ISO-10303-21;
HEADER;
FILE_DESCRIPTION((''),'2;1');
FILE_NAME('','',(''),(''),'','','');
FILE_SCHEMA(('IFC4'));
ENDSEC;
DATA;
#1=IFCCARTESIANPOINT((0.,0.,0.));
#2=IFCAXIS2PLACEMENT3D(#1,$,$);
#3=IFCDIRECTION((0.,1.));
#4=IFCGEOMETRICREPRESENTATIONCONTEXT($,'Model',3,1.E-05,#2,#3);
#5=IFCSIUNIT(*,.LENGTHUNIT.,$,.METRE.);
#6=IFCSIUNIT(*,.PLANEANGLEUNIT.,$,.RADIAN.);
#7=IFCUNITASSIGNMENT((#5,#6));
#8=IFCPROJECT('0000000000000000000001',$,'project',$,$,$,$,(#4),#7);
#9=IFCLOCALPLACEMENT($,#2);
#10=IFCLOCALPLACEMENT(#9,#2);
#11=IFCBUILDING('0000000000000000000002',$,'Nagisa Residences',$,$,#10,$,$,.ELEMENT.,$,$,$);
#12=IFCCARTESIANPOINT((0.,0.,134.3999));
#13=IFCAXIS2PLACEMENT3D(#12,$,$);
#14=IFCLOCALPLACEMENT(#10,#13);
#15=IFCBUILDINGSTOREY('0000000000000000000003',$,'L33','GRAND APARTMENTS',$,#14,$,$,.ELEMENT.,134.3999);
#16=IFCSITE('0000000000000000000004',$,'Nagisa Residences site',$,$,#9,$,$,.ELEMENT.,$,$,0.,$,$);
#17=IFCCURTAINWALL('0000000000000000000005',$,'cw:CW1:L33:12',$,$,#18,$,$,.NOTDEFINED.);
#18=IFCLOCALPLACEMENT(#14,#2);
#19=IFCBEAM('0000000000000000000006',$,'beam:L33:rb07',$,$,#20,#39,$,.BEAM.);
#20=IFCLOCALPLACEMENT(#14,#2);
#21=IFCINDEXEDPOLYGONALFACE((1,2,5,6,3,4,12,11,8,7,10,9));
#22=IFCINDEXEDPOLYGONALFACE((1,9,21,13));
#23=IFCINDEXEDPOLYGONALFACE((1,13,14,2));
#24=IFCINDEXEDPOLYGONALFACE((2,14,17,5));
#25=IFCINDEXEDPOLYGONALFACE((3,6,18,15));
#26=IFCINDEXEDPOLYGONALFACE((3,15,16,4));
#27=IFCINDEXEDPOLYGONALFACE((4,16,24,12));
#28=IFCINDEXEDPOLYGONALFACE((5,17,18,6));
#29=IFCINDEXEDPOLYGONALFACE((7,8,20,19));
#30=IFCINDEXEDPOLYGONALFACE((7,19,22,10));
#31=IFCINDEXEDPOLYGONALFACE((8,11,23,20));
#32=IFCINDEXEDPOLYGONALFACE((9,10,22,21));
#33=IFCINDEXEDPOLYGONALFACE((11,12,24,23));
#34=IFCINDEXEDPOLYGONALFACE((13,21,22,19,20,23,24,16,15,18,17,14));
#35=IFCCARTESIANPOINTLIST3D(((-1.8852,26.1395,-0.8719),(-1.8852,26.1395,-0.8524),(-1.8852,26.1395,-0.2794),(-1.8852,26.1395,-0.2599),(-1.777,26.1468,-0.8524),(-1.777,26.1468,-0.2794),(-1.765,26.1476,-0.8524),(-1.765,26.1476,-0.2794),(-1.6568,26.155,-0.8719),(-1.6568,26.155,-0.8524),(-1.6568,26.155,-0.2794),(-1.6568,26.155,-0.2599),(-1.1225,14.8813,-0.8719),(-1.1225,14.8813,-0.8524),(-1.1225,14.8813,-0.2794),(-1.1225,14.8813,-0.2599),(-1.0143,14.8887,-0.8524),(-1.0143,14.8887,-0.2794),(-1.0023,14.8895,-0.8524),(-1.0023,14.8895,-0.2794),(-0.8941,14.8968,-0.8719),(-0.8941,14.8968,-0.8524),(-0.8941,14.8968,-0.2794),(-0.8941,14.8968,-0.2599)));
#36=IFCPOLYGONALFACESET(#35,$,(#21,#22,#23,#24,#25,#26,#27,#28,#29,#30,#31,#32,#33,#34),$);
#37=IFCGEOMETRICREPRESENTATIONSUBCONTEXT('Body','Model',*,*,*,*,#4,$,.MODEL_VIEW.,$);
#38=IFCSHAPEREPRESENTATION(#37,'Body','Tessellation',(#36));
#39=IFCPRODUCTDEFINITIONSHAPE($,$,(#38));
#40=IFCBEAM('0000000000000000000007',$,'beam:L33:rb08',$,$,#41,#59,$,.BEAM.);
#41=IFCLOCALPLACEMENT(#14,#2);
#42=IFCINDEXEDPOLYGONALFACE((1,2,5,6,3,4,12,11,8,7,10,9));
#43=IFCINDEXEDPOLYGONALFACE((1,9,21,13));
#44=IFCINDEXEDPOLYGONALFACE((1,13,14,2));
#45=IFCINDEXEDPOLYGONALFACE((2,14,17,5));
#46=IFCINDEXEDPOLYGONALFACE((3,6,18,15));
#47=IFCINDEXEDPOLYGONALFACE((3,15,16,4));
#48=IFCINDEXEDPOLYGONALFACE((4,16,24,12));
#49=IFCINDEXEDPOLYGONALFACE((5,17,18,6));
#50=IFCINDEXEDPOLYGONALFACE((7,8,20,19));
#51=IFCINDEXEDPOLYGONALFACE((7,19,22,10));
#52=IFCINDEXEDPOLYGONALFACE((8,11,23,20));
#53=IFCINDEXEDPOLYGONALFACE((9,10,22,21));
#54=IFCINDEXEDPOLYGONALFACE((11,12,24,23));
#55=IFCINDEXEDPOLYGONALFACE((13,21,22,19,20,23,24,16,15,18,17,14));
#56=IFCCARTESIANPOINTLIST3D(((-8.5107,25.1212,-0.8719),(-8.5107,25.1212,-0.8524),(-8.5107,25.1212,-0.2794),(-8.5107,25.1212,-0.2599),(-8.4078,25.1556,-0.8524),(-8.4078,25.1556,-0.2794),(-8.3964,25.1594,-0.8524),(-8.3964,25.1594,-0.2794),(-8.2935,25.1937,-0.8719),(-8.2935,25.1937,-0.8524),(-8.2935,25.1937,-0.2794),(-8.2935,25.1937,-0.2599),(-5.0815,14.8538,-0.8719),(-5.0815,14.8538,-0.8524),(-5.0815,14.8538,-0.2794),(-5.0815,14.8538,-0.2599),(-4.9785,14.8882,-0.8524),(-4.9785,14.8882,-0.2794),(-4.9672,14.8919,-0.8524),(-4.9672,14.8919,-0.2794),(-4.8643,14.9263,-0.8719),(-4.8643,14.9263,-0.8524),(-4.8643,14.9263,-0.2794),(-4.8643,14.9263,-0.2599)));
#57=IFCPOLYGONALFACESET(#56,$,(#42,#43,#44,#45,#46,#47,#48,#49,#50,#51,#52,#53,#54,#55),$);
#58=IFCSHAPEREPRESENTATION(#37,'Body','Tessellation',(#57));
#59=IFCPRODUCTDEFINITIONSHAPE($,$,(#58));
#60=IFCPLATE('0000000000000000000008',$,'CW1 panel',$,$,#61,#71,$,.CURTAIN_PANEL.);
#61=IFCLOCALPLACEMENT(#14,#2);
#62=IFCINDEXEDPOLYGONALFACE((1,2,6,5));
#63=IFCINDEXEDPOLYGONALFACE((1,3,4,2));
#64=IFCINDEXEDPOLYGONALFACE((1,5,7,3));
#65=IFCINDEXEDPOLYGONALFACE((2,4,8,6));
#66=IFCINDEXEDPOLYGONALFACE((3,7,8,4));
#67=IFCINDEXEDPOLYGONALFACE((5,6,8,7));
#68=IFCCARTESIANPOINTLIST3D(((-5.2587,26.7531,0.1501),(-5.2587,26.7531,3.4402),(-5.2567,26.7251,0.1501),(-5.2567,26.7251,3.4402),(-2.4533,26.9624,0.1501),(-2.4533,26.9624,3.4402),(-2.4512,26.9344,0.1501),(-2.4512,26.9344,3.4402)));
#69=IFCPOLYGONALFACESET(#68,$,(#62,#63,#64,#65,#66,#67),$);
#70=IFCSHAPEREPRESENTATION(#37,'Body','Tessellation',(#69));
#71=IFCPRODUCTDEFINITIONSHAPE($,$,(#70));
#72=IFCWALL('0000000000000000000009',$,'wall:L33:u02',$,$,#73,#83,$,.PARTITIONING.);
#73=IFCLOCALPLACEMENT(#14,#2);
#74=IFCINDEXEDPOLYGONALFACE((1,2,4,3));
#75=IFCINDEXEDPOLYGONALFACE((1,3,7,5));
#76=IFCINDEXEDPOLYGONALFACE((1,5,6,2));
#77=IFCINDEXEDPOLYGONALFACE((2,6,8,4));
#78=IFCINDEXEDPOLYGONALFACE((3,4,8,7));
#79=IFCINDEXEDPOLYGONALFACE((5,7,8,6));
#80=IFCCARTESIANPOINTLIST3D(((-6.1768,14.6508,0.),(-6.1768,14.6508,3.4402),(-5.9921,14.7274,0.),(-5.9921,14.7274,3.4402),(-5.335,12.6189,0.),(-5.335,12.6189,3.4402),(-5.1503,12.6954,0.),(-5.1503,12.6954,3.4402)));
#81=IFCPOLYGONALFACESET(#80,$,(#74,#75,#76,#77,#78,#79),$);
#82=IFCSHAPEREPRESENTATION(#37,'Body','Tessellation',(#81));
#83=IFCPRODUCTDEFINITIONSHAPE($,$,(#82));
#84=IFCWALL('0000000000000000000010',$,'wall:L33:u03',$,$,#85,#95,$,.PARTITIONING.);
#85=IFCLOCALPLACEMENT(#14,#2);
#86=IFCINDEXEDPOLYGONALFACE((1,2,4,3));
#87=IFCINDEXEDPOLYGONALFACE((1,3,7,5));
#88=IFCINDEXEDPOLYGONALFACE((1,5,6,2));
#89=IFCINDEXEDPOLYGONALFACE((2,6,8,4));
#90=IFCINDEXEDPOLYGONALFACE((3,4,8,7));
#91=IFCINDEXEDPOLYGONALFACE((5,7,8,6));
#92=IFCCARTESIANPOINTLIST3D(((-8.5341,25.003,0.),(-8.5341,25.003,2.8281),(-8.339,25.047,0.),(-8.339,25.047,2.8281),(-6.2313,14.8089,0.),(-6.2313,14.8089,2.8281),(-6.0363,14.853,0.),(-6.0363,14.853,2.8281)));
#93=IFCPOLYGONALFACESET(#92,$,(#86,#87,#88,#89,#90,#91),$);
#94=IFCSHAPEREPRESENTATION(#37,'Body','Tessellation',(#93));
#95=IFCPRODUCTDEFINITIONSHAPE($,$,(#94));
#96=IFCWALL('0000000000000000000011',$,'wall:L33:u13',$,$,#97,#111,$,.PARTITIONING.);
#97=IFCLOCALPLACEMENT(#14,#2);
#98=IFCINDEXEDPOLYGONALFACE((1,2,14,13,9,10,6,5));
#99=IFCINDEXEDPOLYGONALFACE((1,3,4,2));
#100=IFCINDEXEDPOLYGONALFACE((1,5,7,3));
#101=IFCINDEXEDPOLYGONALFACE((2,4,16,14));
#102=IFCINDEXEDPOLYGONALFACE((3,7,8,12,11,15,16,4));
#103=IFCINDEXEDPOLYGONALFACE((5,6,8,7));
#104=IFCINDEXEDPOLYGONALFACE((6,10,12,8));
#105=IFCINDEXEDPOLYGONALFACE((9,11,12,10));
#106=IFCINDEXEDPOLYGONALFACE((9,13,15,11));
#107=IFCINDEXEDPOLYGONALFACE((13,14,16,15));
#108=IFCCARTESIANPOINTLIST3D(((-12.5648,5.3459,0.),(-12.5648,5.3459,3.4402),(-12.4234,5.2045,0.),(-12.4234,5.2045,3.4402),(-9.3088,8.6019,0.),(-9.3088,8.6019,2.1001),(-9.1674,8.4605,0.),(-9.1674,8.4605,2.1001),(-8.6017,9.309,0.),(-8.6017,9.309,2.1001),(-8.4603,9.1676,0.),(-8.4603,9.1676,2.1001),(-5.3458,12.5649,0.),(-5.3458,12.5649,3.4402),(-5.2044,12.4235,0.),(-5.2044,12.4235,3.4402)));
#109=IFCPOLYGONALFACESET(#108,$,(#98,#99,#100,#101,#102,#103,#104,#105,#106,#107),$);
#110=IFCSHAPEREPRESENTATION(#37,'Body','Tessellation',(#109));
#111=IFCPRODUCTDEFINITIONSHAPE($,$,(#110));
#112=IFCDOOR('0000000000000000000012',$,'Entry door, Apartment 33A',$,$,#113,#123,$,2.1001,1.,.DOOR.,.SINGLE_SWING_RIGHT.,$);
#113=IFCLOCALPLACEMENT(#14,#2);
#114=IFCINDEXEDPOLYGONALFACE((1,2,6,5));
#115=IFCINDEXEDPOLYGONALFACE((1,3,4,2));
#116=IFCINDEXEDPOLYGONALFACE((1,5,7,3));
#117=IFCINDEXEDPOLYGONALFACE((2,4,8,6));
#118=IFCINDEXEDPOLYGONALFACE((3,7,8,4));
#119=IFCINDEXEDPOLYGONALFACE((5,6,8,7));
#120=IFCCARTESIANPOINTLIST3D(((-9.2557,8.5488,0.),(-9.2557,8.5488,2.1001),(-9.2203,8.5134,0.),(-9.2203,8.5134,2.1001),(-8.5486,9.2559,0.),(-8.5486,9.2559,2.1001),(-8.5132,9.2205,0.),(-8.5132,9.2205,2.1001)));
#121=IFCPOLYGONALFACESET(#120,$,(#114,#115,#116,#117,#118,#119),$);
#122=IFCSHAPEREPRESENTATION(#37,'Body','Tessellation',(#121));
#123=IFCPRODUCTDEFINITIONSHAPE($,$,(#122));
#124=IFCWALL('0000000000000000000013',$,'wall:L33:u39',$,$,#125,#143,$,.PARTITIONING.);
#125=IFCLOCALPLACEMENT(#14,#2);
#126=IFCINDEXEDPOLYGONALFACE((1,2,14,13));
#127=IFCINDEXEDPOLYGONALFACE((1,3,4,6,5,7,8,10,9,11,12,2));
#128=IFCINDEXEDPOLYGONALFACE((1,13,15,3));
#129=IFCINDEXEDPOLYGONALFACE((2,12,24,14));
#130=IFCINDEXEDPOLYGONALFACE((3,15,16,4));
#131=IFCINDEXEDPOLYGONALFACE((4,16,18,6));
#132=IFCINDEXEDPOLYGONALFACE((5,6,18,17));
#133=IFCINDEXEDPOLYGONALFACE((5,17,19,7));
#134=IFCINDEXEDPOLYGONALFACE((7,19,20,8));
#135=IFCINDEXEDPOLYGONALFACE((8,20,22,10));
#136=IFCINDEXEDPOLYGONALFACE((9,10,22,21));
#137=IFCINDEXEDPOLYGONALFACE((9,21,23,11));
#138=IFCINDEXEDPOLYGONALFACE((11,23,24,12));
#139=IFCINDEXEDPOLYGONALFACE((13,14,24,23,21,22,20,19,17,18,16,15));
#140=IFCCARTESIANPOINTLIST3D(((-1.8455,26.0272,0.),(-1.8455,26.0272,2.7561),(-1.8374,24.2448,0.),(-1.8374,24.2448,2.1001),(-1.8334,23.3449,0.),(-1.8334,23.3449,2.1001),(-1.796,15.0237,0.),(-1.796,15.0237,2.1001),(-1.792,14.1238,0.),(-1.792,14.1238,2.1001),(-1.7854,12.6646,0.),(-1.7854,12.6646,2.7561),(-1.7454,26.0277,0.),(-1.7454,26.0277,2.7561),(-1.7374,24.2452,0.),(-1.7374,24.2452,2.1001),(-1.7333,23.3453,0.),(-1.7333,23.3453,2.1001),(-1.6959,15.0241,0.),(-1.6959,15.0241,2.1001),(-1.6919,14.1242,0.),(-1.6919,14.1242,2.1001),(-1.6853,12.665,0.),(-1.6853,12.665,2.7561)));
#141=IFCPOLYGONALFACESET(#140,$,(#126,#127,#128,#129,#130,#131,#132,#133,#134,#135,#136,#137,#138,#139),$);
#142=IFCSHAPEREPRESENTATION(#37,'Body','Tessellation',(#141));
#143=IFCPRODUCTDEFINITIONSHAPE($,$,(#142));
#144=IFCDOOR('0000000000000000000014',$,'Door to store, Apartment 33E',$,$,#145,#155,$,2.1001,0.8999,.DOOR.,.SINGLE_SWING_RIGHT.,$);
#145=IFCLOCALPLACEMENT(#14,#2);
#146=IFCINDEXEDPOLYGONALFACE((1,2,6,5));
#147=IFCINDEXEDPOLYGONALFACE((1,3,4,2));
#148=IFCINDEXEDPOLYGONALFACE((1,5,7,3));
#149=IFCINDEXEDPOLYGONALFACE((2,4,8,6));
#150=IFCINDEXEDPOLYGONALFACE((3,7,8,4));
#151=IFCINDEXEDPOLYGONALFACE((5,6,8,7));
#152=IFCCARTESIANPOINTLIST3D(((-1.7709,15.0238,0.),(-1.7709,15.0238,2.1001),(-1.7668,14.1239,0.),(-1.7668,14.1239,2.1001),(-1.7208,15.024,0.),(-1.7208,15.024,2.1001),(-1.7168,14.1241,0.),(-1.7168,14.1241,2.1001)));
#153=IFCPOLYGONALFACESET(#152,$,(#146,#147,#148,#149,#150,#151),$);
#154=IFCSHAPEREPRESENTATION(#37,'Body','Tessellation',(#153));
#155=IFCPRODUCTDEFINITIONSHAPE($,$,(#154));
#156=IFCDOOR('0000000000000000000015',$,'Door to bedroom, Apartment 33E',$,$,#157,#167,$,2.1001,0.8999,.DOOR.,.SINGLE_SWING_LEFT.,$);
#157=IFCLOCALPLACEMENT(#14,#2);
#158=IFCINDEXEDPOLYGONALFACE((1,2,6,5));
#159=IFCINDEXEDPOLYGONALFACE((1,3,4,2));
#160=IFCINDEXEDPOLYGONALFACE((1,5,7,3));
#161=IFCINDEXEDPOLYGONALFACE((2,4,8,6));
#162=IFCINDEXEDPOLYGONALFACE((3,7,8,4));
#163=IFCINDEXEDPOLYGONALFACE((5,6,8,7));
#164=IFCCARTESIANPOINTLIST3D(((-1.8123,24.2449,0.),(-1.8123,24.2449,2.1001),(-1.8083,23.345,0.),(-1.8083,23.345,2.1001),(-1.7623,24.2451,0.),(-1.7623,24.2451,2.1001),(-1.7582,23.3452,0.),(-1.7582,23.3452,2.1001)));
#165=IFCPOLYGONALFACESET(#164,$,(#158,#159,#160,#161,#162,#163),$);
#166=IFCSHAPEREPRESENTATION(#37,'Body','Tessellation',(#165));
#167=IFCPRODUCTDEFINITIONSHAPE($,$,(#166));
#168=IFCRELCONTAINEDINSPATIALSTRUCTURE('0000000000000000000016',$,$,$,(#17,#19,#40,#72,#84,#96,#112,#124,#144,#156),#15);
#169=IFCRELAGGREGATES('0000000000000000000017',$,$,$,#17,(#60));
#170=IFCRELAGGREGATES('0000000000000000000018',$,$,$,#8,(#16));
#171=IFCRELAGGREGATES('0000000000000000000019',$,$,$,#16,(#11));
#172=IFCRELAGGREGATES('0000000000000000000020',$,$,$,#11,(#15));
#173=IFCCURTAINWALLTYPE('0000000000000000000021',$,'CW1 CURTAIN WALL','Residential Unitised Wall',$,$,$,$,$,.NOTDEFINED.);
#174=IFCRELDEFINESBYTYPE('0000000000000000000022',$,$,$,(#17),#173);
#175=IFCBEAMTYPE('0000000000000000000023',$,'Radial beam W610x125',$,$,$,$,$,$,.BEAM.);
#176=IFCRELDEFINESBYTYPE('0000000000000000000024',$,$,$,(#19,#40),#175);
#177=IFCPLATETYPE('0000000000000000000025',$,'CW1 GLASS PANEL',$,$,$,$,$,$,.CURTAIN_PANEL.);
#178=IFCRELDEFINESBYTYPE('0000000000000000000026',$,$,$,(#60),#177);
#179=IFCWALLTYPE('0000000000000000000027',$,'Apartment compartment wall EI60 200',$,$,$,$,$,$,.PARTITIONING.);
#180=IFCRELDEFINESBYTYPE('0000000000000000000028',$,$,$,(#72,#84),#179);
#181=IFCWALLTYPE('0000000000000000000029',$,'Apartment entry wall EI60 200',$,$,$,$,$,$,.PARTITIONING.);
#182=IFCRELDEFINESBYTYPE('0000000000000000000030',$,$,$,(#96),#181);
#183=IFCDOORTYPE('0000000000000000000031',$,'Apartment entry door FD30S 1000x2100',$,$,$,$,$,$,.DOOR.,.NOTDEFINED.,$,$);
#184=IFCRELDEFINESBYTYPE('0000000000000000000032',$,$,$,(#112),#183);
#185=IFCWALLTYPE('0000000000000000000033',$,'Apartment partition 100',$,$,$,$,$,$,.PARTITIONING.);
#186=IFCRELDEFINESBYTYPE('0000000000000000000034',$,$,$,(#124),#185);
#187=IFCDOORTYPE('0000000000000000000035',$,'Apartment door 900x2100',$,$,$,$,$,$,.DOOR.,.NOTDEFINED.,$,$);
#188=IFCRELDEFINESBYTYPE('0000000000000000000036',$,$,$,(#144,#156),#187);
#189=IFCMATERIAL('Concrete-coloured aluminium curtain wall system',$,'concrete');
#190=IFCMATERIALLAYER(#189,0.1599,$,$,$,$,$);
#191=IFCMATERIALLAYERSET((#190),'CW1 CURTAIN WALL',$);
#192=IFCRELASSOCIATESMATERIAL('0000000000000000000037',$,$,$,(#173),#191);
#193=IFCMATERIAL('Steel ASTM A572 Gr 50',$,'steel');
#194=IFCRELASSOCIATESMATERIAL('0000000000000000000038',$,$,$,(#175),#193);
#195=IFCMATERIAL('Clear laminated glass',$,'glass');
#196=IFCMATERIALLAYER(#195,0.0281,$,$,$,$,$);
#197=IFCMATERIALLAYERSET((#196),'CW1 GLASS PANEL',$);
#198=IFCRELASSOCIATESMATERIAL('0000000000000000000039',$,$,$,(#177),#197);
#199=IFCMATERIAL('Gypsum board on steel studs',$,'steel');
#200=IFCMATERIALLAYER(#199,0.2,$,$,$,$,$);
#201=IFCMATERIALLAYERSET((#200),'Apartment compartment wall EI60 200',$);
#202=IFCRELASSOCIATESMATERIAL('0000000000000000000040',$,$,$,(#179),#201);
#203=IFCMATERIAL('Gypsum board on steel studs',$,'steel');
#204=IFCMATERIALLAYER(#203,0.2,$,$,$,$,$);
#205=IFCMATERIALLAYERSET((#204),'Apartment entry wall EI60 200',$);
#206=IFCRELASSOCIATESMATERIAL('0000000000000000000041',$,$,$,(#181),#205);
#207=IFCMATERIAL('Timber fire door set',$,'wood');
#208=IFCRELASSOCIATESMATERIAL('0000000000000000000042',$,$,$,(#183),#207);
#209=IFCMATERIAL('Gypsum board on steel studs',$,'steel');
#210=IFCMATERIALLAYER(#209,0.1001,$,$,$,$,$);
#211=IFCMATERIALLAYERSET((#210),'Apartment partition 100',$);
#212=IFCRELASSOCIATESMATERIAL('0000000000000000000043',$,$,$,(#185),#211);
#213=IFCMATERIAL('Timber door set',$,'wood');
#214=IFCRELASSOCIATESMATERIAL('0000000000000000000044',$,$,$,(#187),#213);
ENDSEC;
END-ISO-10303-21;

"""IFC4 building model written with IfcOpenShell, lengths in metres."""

from ifc_helpers import new_model, si_unit, direction, frame, frame_2d, origin, origin_2d, place, context, subcontext, project, spatial, rectangle, i_section, extrude, material, layer, layer_set, material_profile, profile_set, type_object, element, fill, aggregate, save


model = new_model("IFC4")

# Units and contexts
model_context = context("Model", 3, precision=1e-05, world=origin(), true_north=direction((0.0, 1.0)))
body_context = subcontext(model_context, "Body", "Model", "MODEL_VIEW")
ifc_project = project(units=[si_unit("LENGTHUNIT", "METRE"), si_unit("PLANEANGLEUNIT", "RADIAN")], contexts=[model_context])

# Site, building, storey
site_placement = place(None, origin())
site = spatial("IfcSite", under=ifc_project, at=site_placement, Name="Nagisa Residences site", CompositionType="ELEMENT", RefElevation=0.0)
building_placement = place(site_placement, origin())
building = spatial("IfcBuilding", under=site, at=building_placement, Name="Nagisa Residences", CompositionType="ELEMENT")
storey_placement = place(building_placement, frame((0.0, 0.0, 134.3999)))
storey = spatial("IfcBuildingStorey", under=building, at=storey_placement, Name="L33", Description="GRAND APARTMENTS", CompositionType="ELEMENT", Elevation=134.3999)

# Curtain wall
ifc_material_1 = material(Name="Concrete-coloured aluminium curtain wall system", Category="concrete")
ifc_layer_1 = layer(ifc_material_1, 0.1599)
ifc_layer_set_1 = layer_set([ifc_layer_1], Name="CW1 CURTAIN WALL")
curtain_wall_type = type_object("IfcCurtainWallType", Name="CW1 CURTAIN WALL", Description="Residential Unitised Wall", PredefinedType="NOTDEFINED", material=ifc_layer_set_1)
curtain_wall_1_placement = place(storey_placement, origin())
curtain_wall_1 = element("IfcCurtainWall", 1, at=curtain_wall_1_placement, inside=storey, type_object=curtain_wall_type, Name="cw:CW1:L33:12", PredefinedType="NOTDEFINED")

# Beams
ifc_material_2 = material(Name="Steel ASTM A572 Gr 50", Category="steel")
ifc_material_profile_1 = material_profile(ifc_material_2, i_section(OverallWidth=0.229, OverallDepth=0.6121, WebThickness=0.012, FlangeThickness=0.0195, at=origin_2d()), Name="W610x125")
ifc_profile_set_1 = profile_set([ifc_material_profile_1], Name="Steel ASTM A572 Gr 50")
beam_type_1 = type_object("IfcBeamType", Name="Radial beam W610x125", PredefinedType="BEAM", material=ifc_profile_set_1)
beam_1_placement = place(storey_placement, frame((-1.771, 26.1472, -0.5659), z_axis=(0.067592, -0.997713, 0.0), x_axis=(0.997713, 0.067592, 0.0)))
element("IfcBeam", 2, at=beam_1_placement, inside=storey, type_object=beam_type_1, Name="beam:L33:rb07", PredefinedType="BEAM", context=body_context, shape_type="SweptSolid", body=[
    extrude(i_section(OverallWidth=0.229, OverallDepth=0.6121, WebThickness=0.012, FlangeThickness=0.0195, at=origin_2d()), origin(), (0.0, 0.0, 1.0), 11.2839),
])
beam_2_placement = place(storey_placement, frame((-8.4021, 25.1575, -0.5659), z_axis=(0.316789, -0.948496, 0.0), x_axis=(0.948496, 0.316789, 0.0)))
element("IfcBeam", 3, at=beam_2_placement, inside=storey, type_object=beam_type_1, Name="beam:L33:rb08", PredefinedType="BEAM", context=body_context, shape_type="SweptSolid", body=[
    extrude(i_section(OverallWidth=0.229, OverallDepth=0.6121, WebThickness=0.012, FlangeThickness=0.0195, at=origin_2d()), origin(), (0.0, 0.0, 1.0), 10.825),
])

# Plate
ifc_material_3 = material(Name="Clear laminated glass", Category="glass")
ifc_layer_2 = layer(ifc_material_3, 0.0281)
ifc_layer_set_2 = layer_set([ifc_layer_2], Name="CW1 GLASS PANEL")
plate_type = type_object("IfcPlateType", Name="CW1 GLASS PANEL", PredefinedType="CURTAIN_PANEL", material=ifc_layer_set_2)
plate_placement = place(storey_placement, frame((-3.855, 26.8438, 0.1501), z_axis=(0.0, 0.0, 1.0), x_axis=(-0.99723, -0.074377, 0.0)))
plate = element("IfcPlate", 4, at=plate_placement, type_object=plate_type, Name="CW1 panel", PredefinedType="CURTAIN_PANEL", context=body_context, shape_type="SweptSolid", body=[
    extrude(rectangle(XDim=2.8132, YDim=0.0281, at=origin_2d()), origin(), (0.0, 0.0, 1.0), 3.29),
])
aggregate(curtain_wall_1, [plate])

# Walls
ifc_material_4 = material(Name="Gypsum board on steel studs", Category="steel")
ifc_layer_3 = layer(ifc_material_4, 0.2)
ifc_layer_set_3 = layer_set([ifc_layer_3], Name="Apartment compartment wall EI60 200")
wall_type_1 = type_object("IfcWallType", Name="Apartment compartment wall EI60 200", PredefinedType="PARTITIONING", material=ifc_layer_set_3)
wall_1_placement = place(storey_placement, frame((-5.2427, 12.6572, 0.0), z_axis=(0.0, 0.0, 1.0), x_axis=(-0.382731, 0.92386, 0.0)))
element("IfcWall", 5, at=wall_1_placement, inside=storey, type_object=wall_type_1, Name="wall:L33:u02", PredefinedType="PARTITIONING", context=body_context, shape_type="SweptSolid", body=[
    extrude(rectangle(XDim=2.1995, YDim=0.2, at=frame_2d((1.0996, 0.0))), origin(), (0.0, 0.0, 1.0), 3.4402),
])
wall_2_placement = place(storey_placement, frame((-6.1338, 14.8308, 0.0), z_axis=(0.0, 0.0, 1.0), x_axis=(-0.220338, 0.975424, 0.0)))
element("IfcWall", 6, at=wall_2_placement, inside=storey, type_object=wall_type_1, Name="wall:L33:u03", PredefinedType="PARTITIONING", context=body_context, shape_type="SweptSolid", body=[
    extrude(rectangle(XDim=10.4509, YDim=0.2, at=frame_2d((5.2256, 0.0))), origin(), (0.0, 0.0, 1.0), 2.8281),
])

# Wall, opening, door
ifc_material_5 = material(Name="Gypsum board on steel studs", Category="steel")
ifc_layer_4 = layer(ifc_material_5, 0.2)
ifc_layer_set_4 = layer_set([ifc_layer_4], Name="Apartment entry wall EI60 200")
wall_type_2 = type_object("IfcWallType", Name="Apartment entry wall EI60 200", PredefinedType="PARTITIONING", material=ifc_layer_set_4)
wall_3_placement = place(storey_placement, frame((-5.2751, 12.4941, 0.0), z_axis=(0.0, 0.0, 1.0), x_axis=(-0.707107, -0.707107, 0.0)))
wall_3 = element("IfcWall", 7, at=wall_3_placement, inside=storey, type_object=wall_type_2, Name="wall:L33:u13", PredefinedType="PARTITIONING", context=body_context, shape_type="SweptSolid", body=[
    extrude(rectangle(XDim=10.2092, YDim=0.2, at=frame_2d((5.1045, 0.0))), origin(), (0.0, 0.0, 1.0), 3.4402),
])
opening_1_placement = place(wall_3_placement, frame((4.6045, 0.0, 0.0)))
opening_1 = element("IfcOpeningElement", 8, at=opening_1_placement, cuts=wall_3, PredefinedType="OPENING", context=body_context, shape_type="SweptSolid", body=[
    extrude(rectangle(XDim=1.0, YDim=2.1001, at=frame_2d((0.5, 1.05))), frame((0.0, 0.1099, 0.0), z_axis=(0.0, -1.0, 0.0), x_axis=(1.0, 0.0, 0.0)), (0.0, 0.0, 1.0), 0.22),
])
ifc_material_6 = material(Name="Timber fire door set", Category="wood")
door_type_1 = type_object("IfcDoorType", Name="Apartment entry door FD30S 1000x2100", OperationType="NOTDEFINED", PredefinedType="DOOR", material=ifc_material_6)
door_1_placement = place(opening_1_placement, frame((1.0, 0.0, 0.0), x_axis=(-1.0, 0.0, 0.0)))
door_1 = element("IfcDoor", 9, at=door_1_placement, inside=storey, type_object=door_type_1, Name="Entry door, Apartment 33A", OperationType="SINGLE_SWING_RIGHT", OverallHeight=2.1001, OverallWidth=1.0, PredefinedType="DOOR", context=body_context, shape_type="SweptSolid", body=[
    extrude(rectangle(XDim=1.0, YDim=2.1001, at=frame_2d((0.5, 1.05))), frame((0.0, 0.0249, 0.0), z_axis=(0.0, -1.0, 0.0), x_axis=(1.0, 0.0, 0.0)), (0.0, 0.0, 1.0), 0.05),
])
fill(opening_1, door_1)

# Wall, openings, doors
ifc_material_7 = material(Name="Gypsum board on steel studs", Category="steel")
ifc_layer_5 = layer(ifc_material_7, 0.1001)
ifc_layer_set_5 = layer_set([ifc_layer_5], Name="Apartment partition 100")
wall_type_3 = type_object("IfcWallType", Name="Apartment partition 100", PredefinedType="PARTITIONING", material=ifc_layer_set_5)
wall_4_placement = place(storey_placement, frame((-1.7354, 12.6648, 0.0), z_axis=(0.0, 0.0, 1.0), x_axis=(-0.004495, 0.99999, 0.0)))
wall_4 = element("IfcWall", 10, at=wall_4_placement, inside=storey, type_object=wall_type_3, Name="wall:L33:u39", PredefinedType="PARTITIONING", context=body_context, shape_type="SweptSolid", body=[
    extrude(rectangle(XDim=13.3628, YDim=0.1001, at=frame_2d((6.6814, 0.0))), origin(), (0.0, 0.0, 1.0), 2.7561),
])
opening_2_placement = place(wall_4_placement, frame((1.4592, 0.0, 0.0)))
opening_2 = element("IfcOpeningElement", 11, at=opening_2_placement, cuts=wall_4, PredefinedType="OPENING", context=body_context, shape_type="SweptSolid", body=[
    extrude(rectangle(XDim=0.8999, YDim=2.1001, at=frame_2d((0.45, 1.05))), frame((0.0, 0.0601, 0.0), z_axis=(0.0, -1.0, 0.0), x_axis=(1.0, 0.0, 0.0)), (0.0, 0.0, 1.0), 0.1201),
])
opening_3_placement = place(wall_4_placement, frame((10.6804, 0.0, 0.0)))
opening_3 = element("IfcOpeningElement", 12, at=opening_3_placement, cuts=wall_4, PredefinedType="OPENING", context=body_context, shape_type="SweptSolid", body=[
    extrude(rectangle(XDim=0.8999, YDim=2.1001, at=frame_2d((0.45, 1.05))), frame((0.0, 0.0601, 0.0), z_axis=(0.0, -1.0, 0.0), x_axis=(1.0, 0.0, 0.0)), (0.0, 0.0, 1.0), 0.1201),
])
ifc_material_8 = material(Name="Timber door set", Category="wood")
door_type_2 = type_object("IfcDoorType", Name="Apartment door 900x2100", OperationType="NOTDEFINED", PredefinedType="DOOR", material=ifc_material_8)
door_2_placement = place(opening_2_placement, origin())
door_2 = element("IfcDoor", 13, at=door_2_placement, inside=storey, type_object=door_type_2, Name="Door to store, Apartment 33E", OperationType="SINGLE_SWING_RIGHT", OverallHeight=2.1001, OverallWidth=0.8999, PredefinedType="DOOR", context=body_context, shape_type="SweptSolid", body=[
    extrude(rectangle(XDim=0.8999, YDim=2.1001, at=frame_2d((0.45, 1.05))), frame((0.0, 0.0249, 0.0), z_axis=(0.0, -1.0, 0.0), x_axis=(1.0, 0.0, 0.0)), (0.0, 0.0, 1.0), 0.05),
])
fill(opening_2, door_2)
door_3_placement = place(opening_3_placement, origin())
door_3 = element("IfcDoor", 14, at=door_3_placement, inside=storey, type_object=door_type_2, Name="Door to bedroom, Apartment 33E", OperationType="SINGLE_SWING_LEFT", OverallHeight=2.1001, OverallWidth=0.8999, PredefinedType="DOOR", context=body_context, shape_type="SweptSolid", body=[
    extrude(rectangle(XDim=0.8999, YDim=2.1001, at=frame_2d((0.45, 1.05))), frame((0.0, 0.0249, 0.0), z_axis=(0.0, -1.0, 0.0), x_axis=(1.0, 0.0, 0.0)), (0.0, 0.0, 1.0), 0.05),
])
fill(opening_3, door_3)

save(model, "model.ifc")
